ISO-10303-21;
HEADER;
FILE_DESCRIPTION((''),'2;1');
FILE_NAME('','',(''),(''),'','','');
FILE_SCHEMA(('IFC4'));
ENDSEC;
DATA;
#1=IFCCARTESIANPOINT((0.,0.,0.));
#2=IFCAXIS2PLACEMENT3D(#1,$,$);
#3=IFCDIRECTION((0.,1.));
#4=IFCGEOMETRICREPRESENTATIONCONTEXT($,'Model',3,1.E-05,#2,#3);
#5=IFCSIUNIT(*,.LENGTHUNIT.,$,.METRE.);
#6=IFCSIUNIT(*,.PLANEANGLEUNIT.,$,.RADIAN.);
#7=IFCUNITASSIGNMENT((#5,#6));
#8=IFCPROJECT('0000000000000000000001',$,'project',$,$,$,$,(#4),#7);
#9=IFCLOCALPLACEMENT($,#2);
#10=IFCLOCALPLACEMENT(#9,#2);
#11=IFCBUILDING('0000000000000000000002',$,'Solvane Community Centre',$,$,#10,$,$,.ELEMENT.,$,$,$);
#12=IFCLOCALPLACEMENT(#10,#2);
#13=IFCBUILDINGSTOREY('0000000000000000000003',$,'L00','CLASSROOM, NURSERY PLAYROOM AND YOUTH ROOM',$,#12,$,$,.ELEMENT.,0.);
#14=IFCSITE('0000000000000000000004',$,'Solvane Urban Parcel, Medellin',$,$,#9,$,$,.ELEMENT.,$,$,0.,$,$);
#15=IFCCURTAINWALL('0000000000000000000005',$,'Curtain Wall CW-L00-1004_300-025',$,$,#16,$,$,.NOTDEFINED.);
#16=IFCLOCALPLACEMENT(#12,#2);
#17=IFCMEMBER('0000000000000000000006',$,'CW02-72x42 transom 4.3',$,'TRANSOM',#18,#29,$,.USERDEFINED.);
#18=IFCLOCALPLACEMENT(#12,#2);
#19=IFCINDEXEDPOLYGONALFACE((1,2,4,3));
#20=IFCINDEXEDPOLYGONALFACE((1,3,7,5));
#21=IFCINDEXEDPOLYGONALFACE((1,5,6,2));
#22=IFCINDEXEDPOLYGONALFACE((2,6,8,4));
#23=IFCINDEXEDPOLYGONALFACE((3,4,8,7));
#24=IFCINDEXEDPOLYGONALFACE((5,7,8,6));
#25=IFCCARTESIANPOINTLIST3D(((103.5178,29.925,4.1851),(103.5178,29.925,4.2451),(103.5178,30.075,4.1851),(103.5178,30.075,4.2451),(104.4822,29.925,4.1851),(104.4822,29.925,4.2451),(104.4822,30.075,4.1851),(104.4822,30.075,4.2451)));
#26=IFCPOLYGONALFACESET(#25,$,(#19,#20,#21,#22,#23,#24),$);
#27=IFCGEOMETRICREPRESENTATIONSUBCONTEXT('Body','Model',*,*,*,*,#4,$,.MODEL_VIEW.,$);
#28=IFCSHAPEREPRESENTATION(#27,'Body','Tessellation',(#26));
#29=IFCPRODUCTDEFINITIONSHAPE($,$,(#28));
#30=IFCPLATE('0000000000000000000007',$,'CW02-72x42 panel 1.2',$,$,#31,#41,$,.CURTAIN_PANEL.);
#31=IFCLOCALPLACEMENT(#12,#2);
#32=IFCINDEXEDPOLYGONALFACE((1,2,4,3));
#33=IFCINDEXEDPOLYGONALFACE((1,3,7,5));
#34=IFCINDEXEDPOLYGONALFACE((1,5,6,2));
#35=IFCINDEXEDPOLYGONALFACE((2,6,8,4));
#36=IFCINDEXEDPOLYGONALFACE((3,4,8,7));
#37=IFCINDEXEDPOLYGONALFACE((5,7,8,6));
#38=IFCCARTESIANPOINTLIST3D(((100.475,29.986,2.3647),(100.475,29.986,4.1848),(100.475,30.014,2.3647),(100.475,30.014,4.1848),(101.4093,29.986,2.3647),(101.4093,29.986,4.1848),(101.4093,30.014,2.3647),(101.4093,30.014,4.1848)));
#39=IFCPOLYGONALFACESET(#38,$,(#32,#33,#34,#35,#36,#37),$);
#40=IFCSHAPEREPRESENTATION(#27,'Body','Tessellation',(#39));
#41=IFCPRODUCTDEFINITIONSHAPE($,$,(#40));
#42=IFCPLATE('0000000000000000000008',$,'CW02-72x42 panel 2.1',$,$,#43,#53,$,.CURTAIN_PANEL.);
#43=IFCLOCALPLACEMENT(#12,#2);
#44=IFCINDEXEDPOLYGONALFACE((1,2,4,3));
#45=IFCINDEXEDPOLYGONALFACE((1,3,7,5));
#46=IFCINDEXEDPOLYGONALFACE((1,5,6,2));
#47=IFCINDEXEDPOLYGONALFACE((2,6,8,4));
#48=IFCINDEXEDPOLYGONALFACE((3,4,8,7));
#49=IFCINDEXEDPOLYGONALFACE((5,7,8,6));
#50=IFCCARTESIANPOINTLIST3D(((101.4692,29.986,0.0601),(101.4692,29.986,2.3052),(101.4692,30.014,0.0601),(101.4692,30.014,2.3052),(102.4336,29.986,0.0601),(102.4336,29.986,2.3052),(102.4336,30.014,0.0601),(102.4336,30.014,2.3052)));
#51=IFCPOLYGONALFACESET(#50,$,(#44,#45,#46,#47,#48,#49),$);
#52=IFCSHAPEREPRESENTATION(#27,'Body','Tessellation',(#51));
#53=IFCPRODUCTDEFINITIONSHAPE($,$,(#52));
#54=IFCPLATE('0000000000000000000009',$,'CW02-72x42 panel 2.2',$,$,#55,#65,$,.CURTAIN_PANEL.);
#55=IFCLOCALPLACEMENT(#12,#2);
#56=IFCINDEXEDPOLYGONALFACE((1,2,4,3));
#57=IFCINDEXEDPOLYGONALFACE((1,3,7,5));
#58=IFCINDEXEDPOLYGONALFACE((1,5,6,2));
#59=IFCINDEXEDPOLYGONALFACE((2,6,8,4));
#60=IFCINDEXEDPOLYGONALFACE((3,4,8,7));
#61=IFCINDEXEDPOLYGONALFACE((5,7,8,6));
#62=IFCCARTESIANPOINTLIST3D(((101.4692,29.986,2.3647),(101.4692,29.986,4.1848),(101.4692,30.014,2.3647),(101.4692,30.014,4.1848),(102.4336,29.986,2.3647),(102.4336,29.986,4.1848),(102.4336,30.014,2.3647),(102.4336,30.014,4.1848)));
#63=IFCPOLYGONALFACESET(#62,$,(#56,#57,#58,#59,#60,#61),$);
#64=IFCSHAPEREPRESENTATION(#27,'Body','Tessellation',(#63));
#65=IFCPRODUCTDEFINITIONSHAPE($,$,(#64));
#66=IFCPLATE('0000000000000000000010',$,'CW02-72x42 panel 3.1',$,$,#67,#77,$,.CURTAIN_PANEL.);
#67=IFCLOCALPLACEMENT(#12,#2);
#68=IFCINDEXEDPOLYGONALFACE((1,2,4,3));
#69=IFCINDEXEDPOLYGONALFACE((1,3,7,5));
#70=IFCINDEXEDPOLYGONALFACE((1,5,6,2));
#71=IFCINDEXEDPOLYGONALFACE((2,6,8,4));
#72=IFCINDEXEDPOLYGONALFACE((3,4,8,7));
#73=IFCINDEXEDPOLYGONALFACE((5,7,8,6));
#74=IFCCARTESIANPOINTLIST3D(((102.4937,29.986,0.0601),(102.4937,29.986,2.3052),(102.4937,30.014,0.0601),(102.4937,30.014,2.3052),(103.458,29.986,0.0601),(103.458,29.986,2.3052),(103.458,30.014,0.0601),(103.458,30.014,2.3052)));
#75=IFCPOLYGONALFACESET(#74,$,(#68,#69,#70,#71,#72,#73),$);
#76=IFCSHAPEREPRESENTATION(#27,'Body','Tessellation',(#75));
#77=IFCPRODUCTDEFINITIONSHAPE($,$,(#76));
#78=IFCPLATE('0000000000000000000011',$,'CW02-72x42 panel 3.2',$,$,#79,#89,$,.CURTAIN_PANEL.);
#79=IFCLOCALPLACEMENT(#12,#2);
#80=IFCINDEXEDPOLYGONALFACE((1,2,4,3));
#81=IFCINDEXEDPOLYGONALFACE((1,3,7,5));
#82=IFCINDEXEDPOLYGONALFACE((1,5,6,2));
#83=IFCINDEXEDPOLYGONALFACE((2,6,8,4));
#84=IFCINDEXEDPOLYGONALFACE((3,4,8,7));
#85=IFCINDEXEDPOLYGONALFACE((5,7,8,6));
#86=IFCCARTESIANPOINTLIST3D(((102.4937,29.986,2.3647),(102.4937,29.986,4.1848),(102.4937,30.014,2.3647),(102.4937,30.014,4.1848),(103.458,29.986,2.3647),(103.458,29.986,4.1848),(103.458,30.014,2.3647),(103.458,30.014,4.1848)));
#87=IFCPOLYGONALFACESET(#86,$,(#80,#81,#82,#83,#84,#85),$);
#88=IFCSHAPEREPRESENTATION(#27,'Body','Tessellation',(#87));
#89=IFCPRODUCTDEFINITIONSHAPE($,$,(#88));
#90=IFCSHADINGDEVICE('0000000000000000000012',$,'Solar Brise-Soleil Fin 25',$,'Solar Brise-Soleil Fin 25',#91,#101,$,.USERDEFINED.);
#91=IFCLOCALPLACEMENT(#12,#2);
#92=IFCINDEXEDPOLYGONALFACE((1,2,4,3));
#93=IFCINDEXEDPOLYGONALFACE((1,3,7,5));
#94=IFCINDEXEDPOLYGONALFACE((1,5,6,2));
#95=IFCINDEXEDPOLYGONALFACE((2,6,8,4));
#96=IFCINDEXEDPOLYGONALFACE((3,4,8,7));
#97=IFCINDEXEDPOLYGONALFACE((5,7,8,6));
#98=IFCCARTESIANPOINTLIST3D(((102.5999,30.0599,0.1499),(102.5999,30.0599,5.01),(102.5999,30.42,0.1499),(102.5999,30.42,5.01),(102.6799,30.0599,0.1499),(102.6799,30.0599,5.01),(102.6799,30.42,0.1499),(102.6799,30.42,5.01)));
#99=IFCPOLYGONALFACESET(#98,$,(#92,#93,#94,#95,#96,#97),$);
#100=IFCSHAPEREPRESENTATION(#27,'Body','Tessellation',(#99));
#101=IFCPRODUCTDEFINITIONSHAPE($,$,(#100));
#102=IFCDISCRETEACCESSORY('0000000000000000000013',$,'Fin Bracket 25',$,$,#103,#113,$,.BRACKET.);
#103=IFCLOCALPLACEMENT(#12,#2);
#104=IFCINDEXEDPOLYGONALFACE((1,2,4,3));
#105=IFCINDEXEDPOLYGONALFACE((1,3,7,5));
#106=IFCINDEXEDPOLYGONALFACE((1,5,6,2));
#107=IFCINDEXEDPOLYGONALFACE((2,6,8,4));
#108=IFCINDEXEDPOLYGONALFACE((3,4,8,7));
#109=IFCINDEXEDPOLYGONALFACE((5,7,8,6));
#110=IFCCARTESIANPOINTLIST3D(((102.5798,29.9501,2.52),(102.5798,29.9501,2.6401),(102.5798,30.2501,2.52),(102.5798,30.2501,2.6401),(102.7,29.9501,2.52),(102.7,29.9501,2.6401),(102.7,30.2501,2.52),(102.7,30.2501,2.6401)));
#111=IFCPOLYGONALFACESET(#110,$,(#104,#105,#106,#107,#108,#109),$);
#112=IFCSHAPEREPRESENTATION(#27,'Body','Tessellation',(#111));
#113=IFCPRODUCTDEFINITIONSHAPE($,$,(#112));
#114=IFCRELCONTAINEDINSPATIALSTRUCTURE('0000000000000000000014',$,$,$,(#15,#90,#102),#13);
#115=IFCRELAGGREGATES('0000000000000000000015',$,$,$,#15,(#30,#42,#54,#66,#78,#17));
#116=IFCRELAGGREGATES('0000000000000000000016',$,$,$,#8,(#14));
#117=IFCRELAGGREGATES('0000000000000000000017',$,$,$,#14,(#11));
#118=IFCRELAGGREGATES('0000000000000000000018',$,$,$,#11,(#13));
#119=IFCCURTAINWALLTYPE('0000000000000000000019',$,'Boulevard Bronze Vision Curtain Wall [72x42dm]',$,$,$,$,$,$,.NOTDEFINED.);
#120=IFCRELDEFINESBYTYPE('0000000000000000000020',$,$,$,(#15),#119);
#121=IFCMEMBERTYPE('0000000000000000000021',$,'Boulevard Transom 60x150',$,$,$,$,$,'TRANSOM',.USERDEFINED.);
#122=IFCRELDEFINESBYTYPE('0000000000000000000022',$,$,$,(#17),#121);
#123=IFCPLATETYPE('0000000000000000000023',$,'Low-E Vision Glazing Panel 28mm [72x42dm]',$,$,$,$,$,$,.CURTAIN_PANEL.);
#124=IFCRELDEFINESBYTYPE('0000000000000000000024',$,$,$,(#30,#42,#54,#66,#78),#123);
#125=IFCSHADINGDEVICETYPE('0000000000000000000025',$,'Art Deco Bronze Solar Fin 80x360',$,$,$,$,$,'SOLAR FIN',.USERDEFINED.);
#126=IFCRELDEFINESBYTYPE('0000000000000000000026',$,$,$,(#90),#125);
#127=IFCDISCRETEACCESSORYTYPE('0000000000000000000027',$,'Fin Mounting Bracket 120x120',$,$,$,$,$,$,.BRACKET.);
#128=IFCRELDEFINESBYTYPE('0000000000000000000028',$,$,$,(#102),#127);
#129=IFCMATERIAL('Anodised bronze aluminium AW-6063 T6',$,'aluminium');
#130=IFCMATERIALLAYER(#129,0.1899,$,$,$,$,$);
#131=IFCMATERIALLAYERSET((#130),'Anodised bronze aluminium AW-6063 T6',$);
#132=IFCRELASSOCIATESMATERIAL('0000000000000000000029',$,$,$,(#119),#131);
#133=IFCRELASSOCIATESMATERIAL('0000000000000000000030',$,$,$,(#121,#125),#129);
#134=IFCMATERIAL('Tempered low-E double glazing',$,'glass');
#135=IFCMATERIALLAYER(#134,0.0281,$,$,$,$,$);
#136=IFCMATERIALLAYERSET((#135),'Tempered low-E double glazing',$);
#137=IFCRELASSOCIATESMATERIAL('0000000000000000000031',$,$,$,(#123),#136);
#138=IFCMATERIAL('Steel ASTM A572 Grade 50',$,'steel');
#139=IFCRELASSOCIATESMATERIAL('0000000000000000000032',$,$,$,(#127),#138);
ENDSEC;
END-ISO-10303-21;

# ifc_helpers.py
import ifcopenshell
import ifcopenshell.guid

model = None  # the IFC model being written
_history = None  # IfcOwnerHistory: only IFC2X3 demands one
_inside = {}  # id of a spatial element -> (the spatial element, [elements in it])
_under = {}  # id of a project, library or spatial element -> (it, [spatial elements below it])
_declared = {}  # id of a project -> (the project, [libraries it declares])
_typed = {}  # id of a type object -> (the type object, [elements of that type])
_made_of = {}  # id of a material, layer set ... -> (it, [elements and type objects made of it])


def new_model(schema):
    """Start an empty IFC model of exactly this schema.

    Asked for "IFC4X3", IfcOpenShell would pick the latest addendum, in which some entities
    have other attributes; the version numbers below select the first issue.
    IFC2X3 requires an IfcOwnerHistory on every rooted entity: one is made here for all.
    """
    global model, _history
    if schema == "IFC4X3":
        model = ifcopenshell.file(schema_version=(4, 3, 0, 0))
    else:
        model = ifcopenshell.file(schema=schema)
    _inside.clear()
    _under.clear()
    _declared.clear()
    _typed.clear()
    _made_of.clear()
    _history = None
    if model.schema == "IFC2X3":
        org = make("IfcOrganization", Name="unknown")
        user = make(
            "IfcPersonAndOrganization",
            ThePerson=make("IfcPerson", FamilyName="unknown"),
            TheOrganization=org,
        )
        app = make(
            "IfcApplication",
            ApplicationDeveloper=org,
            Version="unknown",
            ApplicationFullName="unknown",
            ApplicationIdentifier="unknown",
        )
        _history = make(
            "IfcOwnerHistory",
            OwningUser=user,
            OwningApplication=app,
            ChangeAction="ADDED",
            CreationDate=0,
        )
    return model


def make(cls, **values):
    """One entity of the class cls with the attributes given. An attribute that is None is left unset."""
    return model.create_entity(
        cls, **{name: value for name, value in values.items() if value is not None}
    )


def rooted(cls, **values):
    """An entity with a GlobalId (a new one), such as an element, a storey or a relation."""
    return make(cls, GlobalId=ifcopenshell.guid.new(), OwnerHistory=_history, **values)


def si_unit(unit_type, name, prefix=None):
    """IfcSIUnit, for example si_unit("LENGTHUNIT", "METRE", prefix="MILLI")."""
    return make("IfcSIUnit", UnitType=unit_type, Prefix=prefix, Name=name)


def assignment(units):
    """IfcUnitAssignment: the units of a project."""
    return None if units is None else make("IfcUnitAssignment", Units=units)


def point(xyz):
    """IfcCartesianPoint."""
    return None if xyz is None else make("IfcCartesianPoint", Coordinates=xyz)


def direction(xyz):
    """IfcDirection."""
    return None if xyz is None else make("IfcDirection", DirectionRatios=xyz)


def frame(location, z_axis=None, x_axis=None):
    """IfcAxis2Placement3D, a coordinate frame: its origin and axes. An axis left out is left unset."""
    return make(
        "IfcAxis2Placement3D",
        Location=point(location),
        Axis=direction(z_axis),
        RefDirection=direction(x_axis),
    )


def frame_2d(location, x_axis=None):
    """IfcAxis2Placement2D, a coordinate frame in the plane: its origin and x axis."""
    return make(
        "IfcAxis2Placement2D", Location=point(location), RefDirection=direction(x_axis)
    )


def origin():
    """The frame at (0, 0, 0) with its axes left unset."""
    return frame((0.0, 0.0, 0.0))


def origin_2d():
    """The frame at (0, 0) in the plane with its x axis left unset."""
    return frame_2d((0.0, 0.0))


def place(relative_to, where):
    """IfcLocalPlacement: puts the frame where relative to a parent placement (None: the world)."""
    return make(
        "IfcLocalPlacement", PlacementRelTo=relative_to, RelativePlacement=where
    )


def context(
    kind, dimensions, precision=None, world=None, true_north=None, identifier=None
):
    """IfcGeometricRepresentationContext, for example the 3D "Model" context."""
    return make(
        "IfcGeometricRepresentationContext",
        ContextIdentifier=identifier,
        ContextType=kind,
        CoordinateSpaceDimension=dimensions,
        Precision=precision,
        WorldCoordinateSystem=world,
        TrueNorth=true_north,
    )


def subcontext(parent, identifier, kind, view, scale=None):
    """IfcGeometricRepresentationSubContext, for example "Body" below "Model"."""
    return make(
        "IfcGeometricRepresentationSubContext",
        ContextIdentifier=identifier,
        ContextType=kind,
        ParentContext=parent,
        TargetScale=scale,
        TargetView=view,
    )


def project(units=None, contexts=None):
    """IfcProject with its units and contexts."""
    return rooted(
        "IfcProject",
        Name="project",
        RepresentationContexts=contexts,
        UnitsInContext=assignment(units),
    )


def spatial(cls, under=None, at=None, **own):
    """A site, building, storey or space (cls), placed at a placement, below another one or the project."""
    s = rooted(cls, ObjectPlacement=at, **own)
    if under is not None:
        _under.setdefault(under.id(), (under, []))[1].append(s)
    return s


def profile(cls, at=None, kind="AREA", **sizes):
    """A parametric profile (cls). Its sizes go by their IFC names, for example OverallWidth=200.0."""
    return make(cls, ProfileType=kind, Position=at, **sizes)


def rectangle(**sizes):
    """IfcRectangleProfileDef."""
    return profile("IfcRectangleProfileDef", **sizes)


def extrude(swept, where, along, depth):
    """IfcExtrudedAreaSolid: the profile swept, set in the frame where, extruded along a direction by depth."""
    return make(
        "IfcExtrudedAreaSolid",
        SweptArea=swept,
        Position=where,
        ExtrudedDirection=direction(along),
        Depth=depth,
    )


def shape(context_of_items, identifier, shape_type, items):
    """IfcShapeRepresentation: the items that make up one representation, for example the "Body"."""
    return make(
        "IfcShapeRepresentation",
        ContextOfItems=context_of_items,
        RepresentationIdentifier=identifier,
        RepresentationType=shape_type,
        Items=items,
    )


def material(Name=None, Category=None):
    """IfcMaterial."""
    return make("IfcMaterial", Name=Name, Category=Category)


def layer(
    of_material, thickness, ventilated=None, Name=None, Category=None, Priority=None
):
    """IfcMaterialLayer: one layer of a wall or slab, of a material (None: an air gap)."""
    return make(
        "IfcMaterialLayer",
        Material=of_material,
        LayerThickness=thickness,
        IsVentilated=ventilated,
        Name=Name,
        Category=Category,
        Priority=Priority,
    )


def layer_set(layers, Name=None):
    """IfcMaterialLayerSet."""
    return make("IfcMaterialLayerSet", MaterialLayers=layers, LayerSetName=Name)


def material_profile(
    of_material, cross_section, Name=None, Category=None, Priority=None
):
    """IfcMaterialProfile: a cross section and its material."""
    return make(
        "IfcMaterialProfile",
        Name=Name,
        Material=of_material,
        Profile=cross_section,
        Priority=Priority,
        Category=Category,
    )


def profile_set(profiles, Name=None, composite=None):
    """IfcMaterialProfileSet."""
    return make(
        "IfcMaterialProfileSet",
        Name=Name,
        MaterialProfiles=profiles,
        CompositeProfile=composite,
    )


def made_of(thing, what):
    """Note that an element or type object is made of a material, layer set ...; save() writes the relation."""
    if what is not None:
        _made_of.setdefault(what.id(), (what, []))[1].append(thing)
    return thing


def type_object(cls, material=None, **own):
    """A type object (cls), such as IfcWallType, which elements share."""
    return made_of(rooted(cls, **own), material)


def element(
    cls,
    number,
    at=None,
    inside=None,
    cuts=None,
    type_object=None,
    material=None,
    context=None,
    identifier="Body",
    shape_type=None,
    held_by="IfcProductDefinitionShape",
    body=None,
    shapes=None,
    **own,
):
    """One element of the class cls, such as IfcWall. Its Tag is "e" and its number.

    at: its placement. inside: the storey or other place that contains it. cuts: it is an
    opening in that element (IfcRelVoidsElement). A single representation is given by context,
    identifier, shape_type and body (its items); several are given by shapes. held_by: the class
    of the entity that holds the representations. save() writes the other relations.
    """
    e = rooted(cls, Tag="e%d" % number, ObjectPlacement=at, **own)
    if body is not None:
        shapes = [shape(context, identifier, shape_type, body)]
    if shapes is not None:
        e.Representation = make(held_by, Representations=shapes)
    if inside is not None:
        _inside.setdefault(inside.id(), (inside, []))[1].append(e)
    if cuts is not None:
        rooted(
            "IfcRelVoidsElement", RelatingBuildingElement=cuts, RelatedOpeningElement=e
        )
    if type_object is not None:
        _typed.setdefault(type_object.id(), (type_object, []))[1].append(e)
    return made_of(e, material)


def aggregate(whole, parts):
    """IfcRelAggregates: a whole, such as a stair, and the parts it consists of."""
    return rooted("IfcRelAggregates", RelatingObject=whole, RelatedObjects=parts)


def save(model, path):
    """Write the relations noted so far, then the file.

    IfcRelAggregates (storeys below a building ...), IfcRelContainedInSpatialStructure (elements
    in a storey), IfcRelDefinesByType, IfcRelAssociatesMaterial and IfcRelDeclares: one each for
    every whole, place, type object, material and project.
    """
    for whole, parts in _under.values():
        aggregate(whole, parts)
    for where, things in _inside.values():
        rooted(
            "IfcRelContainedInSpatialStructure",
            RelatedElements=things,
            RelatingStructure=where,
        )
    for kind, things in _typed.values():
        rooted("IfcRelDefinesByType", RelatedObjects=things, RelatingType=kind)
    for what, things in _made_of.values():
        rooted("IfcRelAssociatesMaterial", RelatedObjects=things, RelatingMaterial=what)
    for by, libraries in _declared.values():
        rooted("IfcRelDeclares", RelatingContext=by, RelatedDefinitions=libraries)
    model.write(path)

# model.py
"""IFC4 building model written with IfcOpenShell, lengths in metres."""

from ifc_helpers import new_model, si_unit, direction, frame, origin, origin_2d, place, context, subcontext, project, spatial, rectangle, extrude, material, layer, layer_set, material_profile, profile_set, type_object, element, aggregate, save


model = new_model("IFC4")

# Units and contexts
model_context = context("Model", 3, precision=1e-05, world=origin(), true_north=direction((0.0, 1.0)))
body_context = subcontext(model_context, "Body", "Model", "MODEL_VIEW")
ifc_project = project(units=[si_unit("LENGTHUNIT", "METRE"), si_unit("PLANEANGLEUNIT", "RADIAN")], contexts=[model_context])

# Site, building, storey
site_placement = place(None, origin())
site = spatial("IfcSite", under=ifc_project, at=site_placement, Name="Solvane Urban Parcel, Medellin", CompositionType="ELEMENT", RefElevation=0.0)
building_placement = place(site_placement, origin())
building = spatial("IfcBuilding", under=site, at=building_placement, Name="Solvane Community Centre", CompositionType="ELEMENT")
storey_placement = place(building_placement, origin())
storey = spatial("IfcBuildingStorey", under=building, at=storey_placement, Name="L00", Description="CLASSROOM, NURSERY PLAYROOM AND YOUTH ROOM", CompositionType="ELEMENT", Elevation=0.0)

# Curtain wall, member, plates
ifc_material_1 = material(Name="Anodised bronze aluminium AW-6063 T6", Category="aluminium")
ifc_layer_1 = layer(ifc_material_1, 0.1899)
ifc_layer_set_1 = layer_set([ifc_layer_1], Name="Anodised bronze aluminium AW-6063 T6")
curtain_wall_type = type_object("IfcCurtainWallType", Name="Boulevard Bronze Vision Curtain Wall [72x42dm]", PredefinedType="NOTDEFINED", material=ifc_layer_set_1)
curtain_wall_placement = place(storey_placement, origin())
curtain_wall = element("IfcCurtainWall", 1, at=curtain_wall_placement, inside=storey, type_object=curtain_wall_type, Name="Curtain Wall CW-L00-1004_300-025", PredefinedType="NOTDEFINED")
ifc_material_profile_1 = material_profile(ifc_material_1, rectangle(XDim=0.1499, YDim=0.0601, at=origin_2d()), Name="CW-T 60x150")
ifc_profile_set_1 = profile_set([ifc_material_profile_1], Name="Anodised bronze aluminium AW-6063 T6")
member_type_1 = type_object("IfcMemberType", Name="Boulevard Transom 60x150", ElementType="TRANSOM", PredefinedType="USERDEFINED", material=ifc_profile_set_1)
member_1_placement = place(storey_placement, frame((103.5178, 30.0, 4.2151), z_axis=(1.0, 0.0, 0.0), x_axis=(0.0, 1.0, 0.0)))
member_1 = element("IfcMember", 2, at=member_1_placement, type_object=member_type_1, Name="CW02-72x42 transom 4.3", ObjectType="TRANSOM", PredefinedType="USERDEFINED", context=body_context, shape_type="SweptSolid", body=[
    extrude(rectangle(XDim=0.1499, YDim=0.0601, at=origin_2d()), origin(), (0.0, 0.0, 1.0), 0.9644),
])
ifc_material_2 = material(Name="Tempered low-E double glazing", Category="glass")
ifc_layer_2 = layer(ifc_material_2, 0.0281)
ifc_layer_set_2 = layer_set([ifc_layer_2], Name="Tempered low-E double glazing")
plate_type = type_object("IfcPlateType", Name="Low-E Vision Glazing Panel 28mm [72x42dm]", PredefinedType="CURTAIN_PANEL", material=ifc_layer_set_2)
plate_1_placement = place(storey_placement, frame((100.9421, 30.0, 2.3647), z_axis=(0.0, 0.0, 1.0), x_axis=(1.0, 0.0, 0.0)))
plate_1 = element("IfcPlate", 3, at=plate_1_placement, type_object=plate_type, Name="CW02-72x42 panel 1.2", PredefinedType="CURTAIN_PANEL", context=body_context, shape_type="SweptSolid", body=[
    extrude(rectangle(XDim=0.9343, YDim=0.0281, at=origin_2d()), origin(), (0.0, 0.0, 1.0), 1.8201),
])
plate_2_placement = place(storey_placement, frame((101.9514, 30.0, 0.0601), z_axis=(0.0, 0.0, 1.0), x_axis=(1.0, 0.0, 0.0)))
plate_2 = element("IfcPlate", 4, at=plate_2_placement, type_object=plate_type, Name="CW02-72x42 panel 2.1", PredefinedType="CURTAIN_PANEL", context=body_context, shape_type="SweptSolid", body=[
    extrude(rectangle(XDim=0.9644, YDim=0.0281, at=origin_2d()), origin(), (0.0, 0.0, 1.0), 2.2451),
])
plate_3_placement = place(storey_placement, frame((101.9514, 30.0, 2.3647), z_axis=(0.0, 0.0, 1.0), x_axis=(1.0, 0.0, 0.0)))
plate_3 = element("IfcPlate", 5, at=plate_3_placement, type_object=plate_type, Name="CW02-72x42 panel 2.2", PredefinedType="CURTAIN_PANEL", context=body_context, shape_type="SweptSolid", body=[
    extrude(rectangle(XDim=0.9644, YDim=0.0281, at=origin_2d()), origin(), (0.0, 0.0, 1.0), 1.8201),
])
plate_4_placement = place(storey_placement, frame((102.9758, 30.0, 0.0601), z_axis=(0.0, 0.0, 1.0), x_axis=(1.0, 0.0, 0.0)))
plate_4 = element("IfcPlate", 6, at=plate_4_placement, type_object=plate_type, Name="CW02-72x42 panel 3.1", PredefinedType="CURTAIN_PANEL", context=body_context, shape_type="SweptSolid", body=[
    extrude(rectangle(XDim=0.9644, YDim=0.0281, at=origin_2d()), origin(), (0.0, 0.0, 1.0), 2.2451),
])
plate_5_placement = place(storey_placement, frame((102.9758, 30.0, 2.3647), z_axis=(0.0, 0.0, 1.0), x_axis=(1.0, 0.0, 0.0)))
plate_5 = element("IfcPlate", 7, at=plate_5_placement, type_object=plate_type, Name="CW02-72x42 panel 3.2", PredefinedType="CURTAIN_PANEL", context=body_context, shape_type="SweptSolid", body=[
    extrude(rectangle(XDim=0.9644, YDim=0.0281, at=origin_2d()), origin(), (0.0, 0.0, 1.0), 1.8201),
])
aggregate(curtain_wall, [plate_1, plate_2, plate_3, plate_4, plate_5, member_1])

# Shading device
shading_device_type = type_object("IfcShadingDeviceType", Name="Art Deco Bronze Solar Fin 80x360", ElementType="SOLAR FIN", PredefinedType="USERDEFINED", material=ifc_material_1)
shading_device_placement = place(storey_placement, frame((102.6399, 30.24, 0.1499), z_axis=(0.0, 0.0, 1.0), x_axis=(1.0, 0.0, 0.0)))
element("IfcShadingDevice", 8, at=shading_device_placement, inside=storey, type_object=shading_device_type, Name="Solar Brise-Soleil Fin 25", ObjectType="Solar Brise-Soleil Fin 25", PredefinedType="USERDEFINED", context=body_context, shape_type="SweptSolid", body=[
    extrude(rectangle(XDim=0.0801, YDim=0.3601, at=origin_2d()), origin(), (0.0, 0.0, 1.0), 4.8601),
])

# Discrete accessory
ifc_material_3 = material(Name="Steel ASTM A572 Grade 50", Category="steel")
discrete_accessory_type = type_object("IfcDiscreteAccessoryType", Name="Fin Mounting Bracket 120x120", PredefinedType="BRACKET", material=ifc_material_3)
discrete_accessory_placement = place(storey_placement, frame((102.6399, 30.1001, 2.52), z_axis=(0.0, 0.0, 1.0), x_axis=(1.0, 0.0, 0.0)))
element("IfcDiscreteAccessory", 9, at=discrete_accessory_placement, inside=storey, type_object=discrete_accessory_type, Name="Fin Bracket 25", PredefinedType="BRACKET", context=body_context, shape_type="SweptSolid", body=[
    extrude(rectangle(XDim=0.1201, YDim=0.3, at=origin_2d()), origin(), (0.0, 0.0, 1.0), 0.1201),
])

save(model, "model.ifc")
